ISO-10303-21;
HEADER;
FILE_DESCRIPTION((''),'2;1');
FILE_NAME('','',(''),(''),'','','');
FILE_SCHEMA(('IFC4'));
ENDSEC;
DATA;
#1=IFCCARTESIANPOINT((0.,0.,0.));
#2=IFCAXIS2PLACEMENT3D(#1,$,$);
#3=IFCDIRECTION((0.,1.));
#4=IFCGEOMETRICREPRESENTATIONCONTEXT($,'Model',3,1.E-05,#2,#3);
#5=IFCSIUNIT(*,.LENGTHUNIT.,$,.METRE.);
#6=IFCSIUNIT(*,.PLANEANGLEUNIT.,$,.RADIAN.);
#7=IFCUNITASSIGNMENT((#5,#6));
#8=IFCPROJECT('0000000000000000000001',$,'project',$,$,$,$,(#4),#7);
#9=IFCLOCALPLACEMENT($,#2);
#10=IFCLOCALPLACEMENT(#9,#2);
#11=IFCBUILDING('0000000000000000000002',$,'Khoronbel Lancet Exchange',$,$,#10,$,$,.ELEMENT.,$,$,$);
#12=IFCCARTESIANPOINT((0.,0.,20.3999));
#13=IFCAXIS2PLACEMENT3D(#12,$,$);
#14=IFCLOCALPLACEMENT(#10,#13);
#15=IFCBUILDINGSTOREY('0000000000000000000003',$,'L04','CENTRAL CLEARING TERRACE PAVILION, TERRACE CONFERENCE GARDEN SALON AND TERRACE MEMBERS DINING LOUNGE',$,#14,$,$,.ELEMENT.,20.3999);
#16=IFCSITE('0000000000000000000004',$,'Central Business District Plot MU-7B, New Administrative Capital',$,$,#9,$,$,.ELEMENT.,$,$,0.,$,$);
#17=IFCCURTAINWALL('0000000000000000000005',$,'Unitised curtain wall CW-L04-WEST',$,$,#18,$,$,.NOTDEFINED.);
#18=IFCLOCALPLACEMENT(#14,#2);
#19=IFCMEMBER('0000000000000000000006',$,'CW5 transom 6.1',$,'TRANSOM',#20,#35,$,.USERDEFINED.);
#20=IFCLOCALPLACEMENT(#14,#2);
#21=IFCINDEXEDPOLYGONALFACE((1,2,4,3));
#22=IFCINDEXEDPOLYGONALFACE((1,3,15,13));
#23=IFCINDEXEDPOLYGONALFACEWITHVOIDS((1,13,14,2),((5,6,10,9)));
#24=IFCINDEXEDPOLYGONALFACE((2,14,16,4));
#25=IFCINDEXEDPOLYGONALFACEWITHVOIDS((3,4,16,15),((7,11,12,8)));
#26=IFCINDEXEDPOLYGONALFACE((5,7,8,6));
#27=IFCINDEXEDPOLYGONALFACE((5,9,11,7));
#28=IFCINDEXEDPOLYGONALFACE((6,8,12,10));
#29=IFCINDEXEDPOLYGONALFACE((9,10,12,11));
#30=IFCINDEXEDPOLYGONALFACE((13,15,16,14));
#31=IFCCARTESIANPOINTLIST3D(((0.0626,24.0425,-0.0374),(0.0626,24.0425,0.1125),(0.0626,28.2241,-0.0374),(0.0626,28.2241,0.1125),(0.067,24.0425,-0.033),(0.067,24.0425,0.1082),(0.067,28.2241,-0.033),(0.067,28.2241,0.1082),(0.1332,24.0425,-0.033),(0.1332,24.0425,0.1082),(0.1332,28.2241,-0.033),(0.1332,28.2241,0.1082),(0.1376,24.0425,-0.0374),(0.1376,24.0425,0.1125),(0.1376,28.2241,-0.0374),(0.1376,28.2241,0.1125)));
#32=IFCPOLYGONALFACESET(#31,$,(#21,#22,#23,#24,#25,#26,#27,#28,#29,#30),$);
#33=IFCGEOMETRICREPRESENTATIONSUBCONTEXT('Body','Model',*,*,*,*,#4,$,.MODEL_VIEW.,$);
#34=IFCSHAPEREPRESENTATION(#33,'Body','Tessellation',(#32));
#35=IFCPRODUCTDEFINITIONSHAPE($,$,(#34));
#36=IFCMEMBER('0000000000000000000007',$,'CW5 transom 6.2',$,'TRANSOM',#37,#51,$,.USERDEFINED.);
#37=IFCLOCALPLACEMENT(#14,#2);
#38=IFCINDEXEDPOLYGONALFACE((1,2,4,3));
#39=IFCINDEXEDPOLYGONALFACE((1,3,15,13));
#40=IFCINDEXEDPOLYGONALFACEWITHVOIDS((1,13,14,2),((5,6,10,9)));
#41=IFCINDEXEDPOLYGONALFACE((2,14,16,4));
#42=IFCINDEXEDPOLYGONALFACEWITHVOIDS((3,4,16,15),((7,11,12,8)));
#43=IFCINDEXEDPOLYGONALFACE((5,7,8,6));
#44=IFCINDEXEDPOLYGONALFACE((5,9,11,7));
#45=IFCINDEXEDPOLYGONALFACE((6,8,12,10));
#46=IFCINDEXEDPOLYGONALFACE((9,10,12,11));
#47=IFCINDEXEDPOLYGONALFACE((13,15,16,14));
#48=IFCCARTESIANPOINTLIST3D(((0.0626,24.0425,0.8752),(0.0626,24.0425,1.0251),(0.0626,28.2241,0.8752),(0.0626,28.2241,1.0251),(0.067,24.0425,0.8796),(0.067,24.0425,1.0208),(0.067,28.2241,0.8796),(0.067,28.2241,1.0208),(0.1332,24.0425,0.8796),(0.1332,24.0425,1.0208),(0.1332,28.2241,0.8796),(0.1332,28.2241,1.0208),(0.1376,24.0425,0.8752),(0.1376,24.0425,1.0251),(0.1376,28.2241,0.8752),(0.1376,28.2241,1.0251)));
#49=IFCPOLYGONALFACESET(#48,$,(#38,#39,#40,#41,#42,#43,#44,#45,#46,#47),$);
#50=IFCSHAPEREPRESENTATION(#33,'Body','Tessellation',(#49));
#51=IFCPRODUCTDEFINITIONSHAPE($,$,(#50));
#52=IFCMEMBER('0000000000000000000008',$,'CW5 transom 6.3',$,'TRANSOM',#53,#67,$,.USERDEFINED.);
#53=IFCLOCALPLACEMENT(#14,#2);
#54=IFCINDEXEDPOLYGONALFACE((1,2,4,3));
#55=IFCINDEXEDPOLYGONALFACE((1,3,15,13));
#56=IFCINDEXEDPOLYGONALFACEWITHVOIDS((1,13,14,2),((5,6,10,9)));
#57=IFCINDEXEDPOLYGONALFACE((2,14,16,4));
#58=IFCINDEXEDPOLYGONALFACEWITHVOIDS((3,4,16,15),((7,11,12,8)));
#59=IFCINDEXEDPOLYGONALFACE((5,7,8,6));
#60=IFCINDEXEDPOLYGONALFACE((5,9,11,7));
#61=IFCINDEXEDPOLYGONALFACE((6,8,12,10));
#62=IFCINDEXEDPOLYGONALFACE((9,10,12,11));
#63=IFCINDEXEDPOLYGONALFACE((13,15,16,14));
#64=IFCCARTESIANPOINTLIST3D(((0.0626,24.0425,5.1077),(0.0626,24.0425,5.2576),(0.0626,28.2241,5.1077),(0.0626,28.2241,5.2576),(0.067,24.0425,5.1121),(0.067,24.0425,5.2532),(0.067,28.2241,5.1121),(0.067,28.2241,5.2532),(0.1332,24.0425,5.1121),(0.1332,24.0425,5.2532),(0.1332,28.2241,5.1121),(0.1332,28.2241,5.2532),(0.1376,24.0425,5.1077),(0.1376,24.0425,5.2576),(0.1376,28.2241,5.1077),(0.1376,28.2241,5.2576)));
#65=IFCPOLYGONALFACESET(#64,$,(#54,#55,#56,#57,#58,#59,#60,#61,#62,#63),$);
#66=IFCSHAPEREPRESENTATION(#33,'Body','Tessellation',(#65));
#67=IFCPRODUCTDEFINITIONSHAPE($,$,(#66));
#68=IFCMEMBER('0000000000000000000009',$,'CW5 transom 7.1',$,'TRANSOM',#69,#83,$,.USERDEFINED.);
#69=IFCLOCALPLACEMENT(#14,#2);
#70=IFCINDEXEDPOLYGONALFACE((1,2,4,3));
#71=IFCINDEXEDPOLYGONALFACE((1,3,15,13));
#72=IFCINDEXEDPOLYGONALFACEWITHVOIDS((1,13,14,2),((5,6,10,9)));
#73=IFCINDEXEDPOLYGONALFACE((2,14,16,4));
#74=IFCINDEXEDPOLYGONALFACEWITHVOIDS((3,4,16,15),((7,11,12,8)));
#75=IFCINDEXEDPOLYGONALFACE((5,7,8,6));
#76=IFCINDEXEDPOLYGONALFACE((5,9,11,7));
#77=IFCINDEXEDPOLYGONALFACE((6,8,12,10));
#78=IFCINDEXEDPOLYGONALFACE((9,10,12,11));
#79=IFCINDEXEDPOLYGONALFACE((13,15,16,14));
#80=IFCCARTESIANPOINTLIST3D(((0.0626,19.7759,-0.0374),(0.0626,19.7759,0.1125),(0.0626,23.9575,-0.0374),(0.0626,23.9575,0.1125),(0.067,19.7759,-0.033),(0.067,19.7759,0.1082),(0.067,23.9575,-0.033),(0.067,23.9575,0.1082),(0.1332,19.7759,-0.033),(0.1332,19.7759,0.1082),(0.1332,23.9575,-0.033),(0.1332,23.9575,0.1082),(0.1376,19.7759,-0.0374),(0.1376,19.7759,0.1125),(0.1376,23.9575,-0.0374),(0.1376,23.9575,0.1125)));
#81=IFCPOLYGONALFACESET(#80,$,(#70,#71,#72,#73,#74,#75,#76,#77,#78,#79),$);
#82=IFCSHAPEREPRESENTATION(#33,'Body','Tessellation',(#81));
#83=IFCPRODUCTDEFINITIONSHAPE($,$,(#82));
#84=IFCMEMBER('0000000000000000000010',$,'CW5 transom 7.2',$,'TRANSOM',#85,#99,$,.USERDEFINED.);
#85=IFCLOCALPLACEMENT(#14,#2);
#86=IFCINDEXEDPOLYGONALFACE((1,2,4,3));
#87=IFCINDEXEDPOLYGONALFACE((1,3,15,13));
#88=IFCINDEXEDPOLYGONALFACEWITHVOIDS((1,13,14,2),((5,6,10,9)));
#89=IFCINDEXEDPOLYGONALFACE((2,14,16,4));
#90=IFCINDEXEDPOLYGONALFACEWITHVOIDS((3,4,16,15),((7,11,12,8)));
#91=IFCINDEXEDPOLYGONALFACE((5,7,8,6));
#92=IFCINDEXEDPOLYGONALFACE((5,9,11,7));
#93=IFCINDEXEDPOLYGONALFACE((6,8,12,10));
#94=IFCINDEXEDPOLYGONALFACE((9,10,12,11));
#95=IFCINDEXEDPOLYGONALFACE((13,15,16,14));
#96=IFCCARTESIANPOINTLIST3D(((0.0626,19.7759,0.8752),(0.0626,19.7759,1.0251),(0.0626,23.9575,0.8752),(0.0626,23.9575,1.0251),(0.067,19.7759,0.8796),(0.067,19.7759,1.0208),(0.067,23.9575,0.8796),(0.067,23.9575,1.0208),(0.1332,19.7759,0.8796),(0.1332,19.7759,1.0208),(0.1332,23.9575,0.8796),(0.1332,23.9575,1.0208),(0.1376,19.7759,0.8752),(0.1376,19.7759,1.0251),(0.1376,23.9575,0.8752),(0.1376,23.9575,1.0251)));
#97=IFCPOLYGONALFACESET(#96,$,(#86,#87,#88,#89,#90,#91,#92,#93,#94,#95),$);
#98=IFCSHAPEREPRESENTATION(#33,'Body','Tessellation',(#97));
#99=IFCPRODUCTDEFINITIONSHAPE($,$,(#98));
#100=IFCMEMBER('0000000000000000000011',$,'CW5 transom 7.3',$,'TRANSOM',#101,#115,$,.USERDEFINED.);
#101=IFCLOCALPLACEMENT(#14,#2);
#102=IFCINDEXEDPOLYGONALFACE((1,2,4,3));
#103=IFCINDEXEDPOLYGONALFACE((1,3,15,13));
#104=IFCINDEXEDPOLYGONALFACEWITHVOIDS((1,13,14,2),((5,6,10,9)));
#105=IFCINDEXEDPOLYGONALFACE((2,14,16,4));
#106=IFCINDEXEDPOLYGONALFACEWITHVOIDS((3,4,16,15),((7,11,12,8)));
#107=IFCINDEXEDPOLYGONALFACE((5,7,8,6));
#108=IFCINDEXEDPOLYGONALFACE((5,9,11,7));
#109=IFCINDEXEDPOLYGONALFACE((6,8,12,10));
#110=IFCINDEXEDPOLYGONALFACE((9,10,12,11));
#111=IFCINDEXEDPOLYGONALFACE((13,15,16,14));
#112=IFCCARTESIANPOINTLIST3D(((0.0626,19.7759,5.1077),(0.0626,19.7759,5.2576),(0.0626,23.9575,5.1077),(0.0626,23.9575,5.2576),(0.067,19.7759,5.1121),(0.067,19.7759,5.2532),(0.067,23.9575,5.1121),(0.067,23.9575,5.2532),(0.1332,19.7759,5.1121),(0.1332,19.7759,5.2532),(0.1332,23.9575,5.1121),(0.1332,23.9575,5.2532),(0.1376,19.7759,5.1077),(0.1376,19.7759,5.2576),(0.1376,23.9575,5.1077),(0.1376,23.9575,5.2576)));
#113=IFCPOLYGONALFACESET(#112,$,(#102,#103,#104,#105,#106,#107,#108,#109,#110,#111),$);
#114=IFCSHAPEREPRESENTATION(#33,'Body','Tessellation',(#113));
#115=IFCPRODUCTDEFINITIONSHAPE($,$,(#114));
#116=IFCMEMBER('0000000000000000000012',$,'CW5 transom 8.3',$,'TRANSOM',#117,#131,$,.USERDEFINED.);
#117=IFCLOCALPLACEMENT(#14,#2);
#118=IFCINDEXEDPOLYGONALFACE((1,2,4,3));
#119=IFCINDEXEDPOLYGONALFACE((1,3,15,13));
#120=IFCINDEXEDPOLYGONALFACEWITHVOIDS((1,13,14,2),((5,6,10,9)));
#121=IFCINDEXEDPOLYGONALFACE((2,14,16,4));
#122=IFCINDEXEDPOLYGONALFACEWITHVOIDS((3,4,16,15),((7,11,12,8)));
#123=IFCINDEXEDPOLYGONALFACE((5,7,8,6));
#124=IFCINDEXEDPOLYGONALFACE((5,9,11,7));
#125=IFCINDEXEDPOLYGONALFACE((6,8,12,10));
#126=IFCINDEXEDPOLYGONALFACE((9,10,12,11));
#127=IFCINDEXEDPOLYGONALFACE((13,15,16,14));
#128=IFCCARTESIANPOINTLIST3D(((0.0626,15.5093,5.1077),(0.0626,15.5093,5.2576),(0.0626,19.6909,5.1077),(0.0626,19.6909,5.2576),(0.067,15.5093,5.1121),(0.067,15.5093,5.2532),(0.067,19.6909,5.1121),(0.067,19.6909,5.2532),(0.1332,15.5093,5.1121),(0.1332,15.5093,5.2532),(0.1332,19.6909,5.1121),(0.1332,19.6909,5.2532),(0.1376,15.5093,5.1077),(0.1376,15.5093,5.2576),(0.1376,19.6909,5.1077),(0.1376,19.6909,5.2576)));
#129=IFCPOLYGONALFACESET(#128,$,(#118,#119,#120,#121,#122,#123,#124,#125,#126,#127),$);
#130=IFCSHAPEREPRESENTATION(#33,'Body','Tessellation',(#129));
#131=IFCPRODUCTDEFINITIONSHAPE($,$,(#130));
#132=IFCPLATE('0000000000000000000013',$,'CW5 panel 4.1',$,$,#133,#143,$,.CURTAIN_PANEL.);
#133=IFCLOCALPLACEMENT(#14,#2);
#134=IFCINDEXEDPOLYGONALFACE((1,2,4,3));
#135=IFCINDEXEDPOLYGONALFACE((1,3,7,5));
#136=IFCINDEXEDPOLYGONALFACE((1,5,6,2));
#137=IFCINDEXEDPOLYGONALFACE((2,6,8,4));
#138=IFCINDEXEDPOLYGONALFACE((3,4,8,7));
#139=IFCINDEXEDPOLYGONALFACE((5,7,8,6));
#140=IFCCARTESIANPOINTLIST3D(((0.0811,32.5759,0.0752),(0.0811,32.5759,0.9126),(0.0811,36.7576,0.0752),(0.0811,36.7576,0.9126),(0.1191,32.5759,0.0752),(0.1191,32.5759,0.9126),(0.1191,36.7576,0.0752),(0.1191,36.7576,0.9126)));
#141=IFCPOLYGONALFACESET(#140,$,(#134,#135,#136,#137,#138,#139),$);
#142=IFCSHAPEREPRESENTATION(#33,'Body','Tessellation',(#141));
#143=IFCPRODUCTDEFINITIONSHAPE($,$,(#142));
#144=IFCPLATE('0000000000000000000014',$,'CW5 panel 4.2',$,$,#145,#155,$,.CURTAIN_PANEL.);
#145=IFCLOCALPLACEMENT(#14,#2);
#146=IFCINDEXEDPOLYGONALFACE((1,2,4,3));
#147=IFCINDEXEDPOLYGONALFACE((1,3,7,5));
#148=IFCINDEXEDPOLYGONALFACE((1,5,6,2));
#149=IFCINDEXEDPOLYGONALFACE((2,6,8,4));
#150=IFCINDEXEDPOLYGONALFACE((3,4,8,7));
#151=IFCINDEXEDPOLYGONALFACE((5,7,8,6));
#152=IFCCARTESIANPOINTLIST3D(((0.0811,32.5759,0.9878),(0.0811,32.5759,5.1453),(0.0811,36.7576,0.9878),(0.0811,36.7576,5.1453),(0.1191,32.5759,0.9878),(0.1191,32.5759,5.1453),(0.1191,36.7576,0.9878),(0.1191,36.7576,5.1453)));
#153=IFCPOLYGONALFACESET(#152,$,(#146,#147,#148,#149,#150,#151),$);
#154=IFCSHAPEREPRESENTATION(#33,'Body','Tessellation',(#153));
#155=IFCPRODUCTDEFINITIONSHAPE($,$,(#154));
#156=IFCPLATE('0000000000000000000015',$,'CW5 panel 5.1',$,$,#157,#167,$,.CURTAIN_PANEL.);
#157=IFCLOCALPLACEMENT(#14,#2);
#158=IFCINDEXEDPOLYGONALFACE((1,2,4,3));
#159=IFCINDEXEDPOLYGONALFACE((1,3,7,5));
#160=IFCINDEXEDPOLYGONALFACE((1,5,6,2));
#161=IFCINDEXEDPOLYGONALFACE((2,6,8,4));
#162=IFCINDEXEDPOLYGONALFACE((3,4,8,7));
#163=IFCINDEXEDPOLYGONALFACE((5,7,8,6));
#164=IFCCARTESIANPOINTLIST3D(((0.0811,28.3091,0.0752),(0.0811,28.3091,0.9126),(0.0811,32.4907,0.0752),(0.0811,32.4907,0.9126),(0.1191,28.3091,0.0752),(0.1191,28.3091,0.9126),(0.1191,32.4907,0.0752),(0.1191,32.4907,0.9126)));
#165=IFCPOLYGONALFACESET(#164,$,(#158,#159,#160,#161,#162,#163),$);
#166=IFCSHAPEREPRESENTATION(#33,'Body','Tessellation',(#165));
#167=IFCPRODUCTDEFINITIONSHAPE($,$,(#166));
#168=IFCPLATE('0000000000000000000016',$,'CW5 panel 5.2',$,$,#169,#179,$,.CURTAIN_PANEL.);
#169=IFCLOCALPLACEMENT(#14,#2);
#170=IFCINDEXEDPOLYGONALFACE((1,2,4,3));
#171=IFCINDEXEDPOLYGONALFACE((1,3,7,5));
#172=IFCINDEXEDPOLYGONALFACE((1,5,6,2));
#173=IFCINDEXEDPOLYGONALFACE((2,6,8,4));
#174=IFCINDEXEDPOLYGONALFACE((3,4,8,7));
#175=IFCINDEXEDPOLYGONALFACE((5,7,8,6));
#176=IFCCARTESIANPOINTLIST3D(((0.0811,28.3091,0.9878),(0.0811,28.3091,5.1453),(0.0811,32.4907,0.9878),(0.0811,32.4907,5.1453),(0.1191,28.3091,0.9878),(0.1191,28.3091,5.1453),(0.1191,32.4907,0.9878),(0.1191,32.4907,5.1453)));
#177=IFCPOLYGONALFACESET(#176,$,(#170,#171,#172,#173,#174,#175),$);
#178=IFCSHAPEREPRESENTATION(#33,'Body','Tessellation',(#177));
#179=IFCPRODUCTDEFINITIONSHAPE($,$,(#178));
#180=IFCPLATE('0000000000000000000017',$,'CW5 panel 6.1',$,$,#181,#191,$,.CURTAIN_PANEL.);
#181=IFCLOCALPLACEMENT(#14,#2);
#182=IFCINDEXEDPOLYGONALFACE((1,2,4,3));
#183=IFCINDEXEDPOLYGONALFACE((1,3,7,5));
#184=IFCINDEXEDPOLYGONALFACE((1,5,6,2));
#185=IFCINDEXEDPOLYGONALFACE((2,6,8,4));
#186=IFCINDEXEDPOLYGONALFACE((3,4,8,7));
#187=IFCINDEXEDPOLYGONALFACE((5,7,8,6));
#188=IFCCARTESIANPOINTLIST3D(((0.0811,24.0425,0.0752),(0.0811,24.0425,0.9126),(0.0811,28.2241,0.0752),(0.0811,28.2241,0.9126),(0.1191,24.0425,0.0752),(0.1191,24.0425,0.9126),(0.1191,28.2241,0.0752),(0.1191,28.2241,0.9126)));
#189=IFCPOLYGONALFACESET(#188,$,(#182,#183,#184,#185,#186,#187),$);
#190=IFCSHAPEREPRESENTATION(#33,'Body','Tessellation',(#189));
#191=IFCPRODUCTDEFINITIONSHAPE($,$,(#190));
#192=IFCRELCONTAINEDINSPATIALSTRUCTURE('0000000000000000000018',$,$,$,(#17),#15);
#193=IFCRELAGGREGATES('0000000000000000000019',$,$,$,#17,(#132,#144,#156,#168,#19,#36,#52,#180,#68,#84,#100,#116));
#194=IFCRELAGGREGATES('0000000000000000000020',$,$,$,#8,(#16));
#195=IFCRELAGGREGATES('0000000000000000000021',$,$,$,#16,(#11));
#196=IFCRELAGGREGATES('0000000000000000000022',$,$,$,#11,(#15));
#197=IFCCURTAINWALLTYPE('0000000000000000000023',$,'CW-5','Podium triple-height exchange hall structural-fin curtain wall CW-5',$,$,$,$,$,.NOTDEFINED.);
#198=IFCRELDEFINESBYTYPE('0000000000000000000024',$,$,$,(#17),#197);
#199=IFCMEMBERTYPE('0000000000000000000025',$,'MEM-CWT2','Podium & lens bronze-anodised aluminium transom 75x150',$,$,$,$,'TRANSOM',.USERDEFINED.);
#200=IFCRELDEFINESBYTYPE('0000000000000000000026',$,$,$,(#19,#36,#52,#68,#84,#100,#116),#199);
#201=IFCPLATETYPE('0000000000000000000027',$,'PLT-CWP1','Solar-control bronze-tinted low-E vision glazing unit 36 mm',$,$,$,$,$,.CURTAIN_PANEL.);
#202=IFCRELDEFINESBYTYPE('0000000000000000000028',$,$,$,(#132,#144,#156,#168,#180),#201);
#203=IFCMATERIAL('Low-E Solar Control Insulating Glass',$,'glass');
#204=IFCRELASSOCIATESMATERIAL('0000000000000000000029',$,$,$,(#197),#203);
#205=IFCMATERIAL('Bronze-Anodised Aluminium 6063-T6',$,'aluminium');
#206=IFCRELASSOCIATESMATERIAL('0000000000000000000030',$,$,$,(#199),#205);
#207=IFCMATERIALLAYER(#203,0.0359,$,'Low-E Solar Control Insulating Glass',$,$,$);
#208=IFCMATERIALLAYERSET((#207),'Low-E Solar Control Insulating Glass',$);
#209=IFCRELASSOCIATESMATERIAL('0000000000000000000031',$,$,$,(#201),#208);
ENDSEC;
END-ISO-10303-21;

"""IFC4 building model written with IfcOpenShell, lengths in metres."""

from ifc_helpers import new_model, si_unit, direction, frame, origin, origin_2d, place, context, subcontext, project, spatial, rectangle, hollow_rectangle, extrude, material, layer, layer_set, material_profile, profile_set, type_object, element, aggregate, save


model = new_model("IFC4")

# Units and contexts
model_context = context("Model", 3, precision=1e-05, world=origin(), true_north=direction((0.0, 1.0)))
body_context = subcontext(model_context, "Body", "Model", "MODEL_VIEW")
ifc_project = project(units=[si_unit("LENGTHUNIT", "METRE"), si_unit("PLANEANGLEUNIT", "RADIAN")], contexts=[model_context])

# Site, building, storey
site_placement = place(None, origin())
site = spatial("IfcSite", under=ifc_project, at=site_placement, Name="Central Business District Plot MU-7B, New Administrative Capital", CompositionType="ELEMENT", RefElevation=0.0)
building_placement = place(site_placement, origin())
building = spatial("IfcBuilding", under=site, at=building_placement, Name="Khoronbel Lancet Exchange", CompositionType="ELEMENT")
storey_placement = place(building_placement, frame((0.0, 0.0, 20.3999)))
storey = spatial("IfcBuildingStorey", under=building, at=storey_placement, Name="L04", Description="CENTRAL CLEARING TERRACE PAVILION, TERRACE CONFERENCE GARDEN SALON AND TERRACE MEMBERS DINING LOUNGE", CompositionType="ELEMENT", Elevation=20.3999)

# Curtain wall, members, plates
ifc_material_1 = material(Name="Low-E Solar Control Insulating Glass", Category="glass")
curtain_wall_type = type_object("IfcCurtainWallType", Name="CW-5", Description="Podium triple-height exchange hall structural-fin curtain wall CW-5", PredefinedType="NOTDEFINED", material=ifc_material_1)
curtain_wall_placement = place(storey_placement, origin())
curtain_wall = element("IfcCurtainWall", 1, at=curtain_wall_placement, inside=storey, type_object=curtain_wall_type, Name="Unitised curtain wall CW-L04-WEST", PredefinedType="NOTDEFINED")
ifc_material_2 = material(Name="Bronze-Anodised Aluminium 6063-T6", Category="aluminium")
ifc_material_profile_1 = material_profile(ifc_material_2, hollow_rectangle(XDim=0.075, YDim=0.1499, WallThickness=0.0044, at=origin_2d()), Name="ALU TRANSOM 75x150")
ifc_profile_set_1 = profile_set([ifc_material_profile_1], Name="Bronze-Anodised Aluminium 6063-T6")
member_type_1 = type_object("IfcMemberType", Name="MEM-CWT2", Description="Podium & lens bronze-anodised aluminium transom 75x150", ElementType="TRANSOM", PredefinedType="USERDEFINED", material=ifc_profile_set_1)
member_1_placement = place(storey_placement, frame((0.1001, 28.2241, 0.0376), z_axis=(0.0, -1.0, 0.0), x_axis=(1.0, 0.0, 0.0)))
member_1 = element("IfcMember", 2, at=member_1_placement, type_object=member_type_1, Name="CW5 transom 6.1", ObjectType="TRANSOM", PredefinedType="USERDEFINED", context=body_context, shape_type="SweptSolid", body=[
    extrude(hollow_rectangle(XDim=0.075, YDim=0.1499, WallThickness=0.0044, at=origin_2d()), origin(), (0.0, 0.0, 1.0), 4.1816),
])
member_2_placement = place(storey_placement, frame((0.1001, 28.2241, 0.9502), z_axis=(0.0, -1.0, 0.0), x_axis=(1.0, 0.0, 0.0)))
member_2 = element("IfcMember", 3, at=member_2_placement, type_object=member_type_1, Name="CW5 transom 6.2", ObjectType="TRANSOM", PredefinedType="USERDEFINED", context=body_context, shape_type="SweptSolid", body=[
    extrude(hollow_rectangle(XDim=0.075, YDim=0.1499, WallThickness=0.0044, at=origin_2d()), origin(), (0.0, 0.0, 1.0), 4.1816),
])
member_3_placement = place(storey_placement, frame((0.1001, 28.2241, 5.1826), z_axis=(0.0, -1.0, 0.0), x_axis=(1.0, 0.0, 0.0)))
member_3 = element("IfcMember", 4, at=member_3_placement, type_object=member_type_1, Name="CW5 transom 6.3", ObjectType="TRANSOM", PredefinedType="USERDEFINED", context=body_context, shape_type="SweptSolid", body=[
    extrude(hollow_rectangle(XDim=0.075, YDim=0.1499, WallThickness=0.0044, at=origin_2d()), origin(), (0.0, 0.0, 1.0), 4.1816),
])
member_4_placement = place(storey_placement, frame((0.1001, 23.9575, 0.0376), z_axis=(0.0, -1.0, 0.0), x_axis=(1.0, 0.0, 0.0)))
member_4 = element("IfcMember", 5, at=member_4_placement, type_object=member_type_1, Name="CW5 transom 7.1", ObjectType="TRANSOM", PredefinedType="USERDEFINED", context=body_context, shape_type="SweptSolid", body=[
    extrude(hollow_rectangle(XDim=0.075, YDim=0.1499, WallThickness=0.0044, at=origin_2d()), origin(), (0.0, 0.0, 1.0), 4.1816),
])
member_5_placement = place(storey_placement, frame((0.1001, 23.9575, 0.9502), z_axis=(0.0, -1.0, 0.0), x_axis=(1.0, 0.0, 0.0)))
member_5 = element("IfcMember", 6, at=member_5_placement, type_object=member_type_1, Name="CW5 transom 7.2", ObjectType="TRANSOM", PredefinedType="USERDEFINED", context=body_context, shape_type="SweptSolid", body=[
    extrude(hollow_rectangle(XDim=0.075, YDim=0.1499, WallThickness=0.0044, at=origin_2d()), origin(), (0.0, 0.0, 1.0), 4.1816),
])
member_6_placement = place(storey_placement, frame((0.1001, 23.9575, 5.1826), z_axis=(0.0, -1.0, 0.0), x_axis=(1.0, 0.0, 0.0)))
member_6 = element("IfcMember", 7, at=member_6_placement, type_object=member_type_1, Name="CW5 transom 7.3", ObjectType="TRANSOM", PredefinedType="USERDEFINED", context=body_context, shape_type="SweptSolid", body=[
    extrude(hollow_rectangle(XDim=0.075, YDim=0.1499, WallThickness=0.0044, at=origin_2d()), origin(), (0.0, 0.0, 1.0), 4.1816),
])
member_7_placement = place(storey_placement, frame((0.1001, 19.6909, 5.1826), z_axis=(0.0, -1.0, 0.0), x_axis=(1.0, 0.0, 0.0)))
member_7 = element("IfcMember", 8, at=member_7_placement, type_object=member_type_1, Name="CW5 transom 8.3", ObjectType="TRANSOM", PredefinedType="USERDEFINED", context=body_context, shape_type="SweptSolid", body=[
    extrude(hollow_rectangle(XDim=0.075, YDim=0.1499, WallThickness=0.0044, at=origin_2d()), origin(), (0.0, 0.0, 1.0), 4.1816),
])
ifc_layer_1 = layer(ifc_material_1, 0.0359, Name="Low-E Solar Control Insulating Glass")
ifc_layer_set_1 = layer_set([ifc_layer_1], Name="Low-E Solar Control Insulating Glass")
plate_type = type_object("IfcPlateType", Name="PLT-CWP1", Description="Solar-control bronze-tinted low-E vision glazing unit 36 mm", PredefinedType="CURTAIN_PANEL", material=ifc_layer_set_1)
plate_1_placement = place(storey_placement, frame((0.1001, 34.6667, 0.0752), z_axis=(0.0, 0.0, 1.0), x_axis=(0.0, -1.0, 0.0)))
plate_1 = element("IfcPlate", 9, at=plate_1_placement, type_object=plate_type, Name="CW5 panel 4.1", PredefinedType="CURTAIN_PANEL", context=body_context, shape_type="SweptSolid", body=[
    extrude(rectangle(XDim=4.1816, YDim=0.0381, at=origin_2d()), origin(), (0.0, 0.0, 1.0), 0.8374),
])
plate_2_placement = place(storey_placement, frame((0.1001, 34.6667, 0.9878), z_axis=(0.0, 0.0, 1.0), x_axis=(0.0, -1.0, 0.0)))
plate_2 = element("IfcPlate", 10, at=plate_2_placement, type_object=plate_type, Name="CW5 panel 4.2", PredefinedType="CURTAIN_PANEL", context=body_context, shape_type="SweptSolid", body=[
    extrude(rectangle(XDim=4.1816, YDim=0.0381, at=origin_2d()), origin(), (0.0, 0.0, 1.0), 4.1575),
])
plate_3_placement = place(storey_placement, frame((0.1001, 30.3999, 0.0752), z_axis=(0.0, 0.0, 1.0), x_axis=(0.0, -1.0, 0.0)))
plate_3 = element("IfcPlate", 11, at=plate_3_placement, type_object=plate_type, Name="CW5 panel 5.1", PredefinedType="CURTAIN_PANEL", context=body_context, shape_type="SweptSolid", body=[
    extrude(rectangle(XDim=4.1816, YDim=0.0381, at=origin_2d()), origin(), (0.0, 0.0, 1.0), 0.8374),
])
plate_4_placement = place(storey_placement, frame((0.1001, 30.3999, 0.9878), z_axis=(0.0, 0.0, 1.0), x_axis=(0.0, -1.0, 0.0)))
plate_4 = element("IfcPlate", 12, at=plate_4_placement, type_object=plate_type, Name="CW5 panel 5.2", PredefinedType="CURTAIN_PANEL", context=body_context, shape_type="SweptSolid", body=[
    extrude(rectangle(XDim=4.1816, YDim=0.0381, at=origin_2d()), origin(), (0.0, 0.0, 1.0), 4.1575),
])
plate_5_placement = place(storey_placement, frame((0.1001, 26.1333, 0.0752), z_axis=(0.0, 0.0, 1.0), x_axis=(0.0, -1.0, 0.0)))
plate_5 = element("IfcPlate", 13, at=plate_5_placement, type_object=plate_type, Name="CW5 panel 6.1", PredefinedType="CURTAIN_PANEL", context=body_context, shape_type="SweptSolid", body=[
    extrude(rectangle(XDim=4.1816, YDim=0.0381, at=origin_2d()), origin(), (0.0, 0.0, 1.0), 0.8374),
])
aggregate(curtain_wall, [plate_1, plate_2, plate_3, plate_4, member_1, member_2, member_3, plate_5, member_4, member_5, member_6, member_7])

save(model, "model.ifc")
